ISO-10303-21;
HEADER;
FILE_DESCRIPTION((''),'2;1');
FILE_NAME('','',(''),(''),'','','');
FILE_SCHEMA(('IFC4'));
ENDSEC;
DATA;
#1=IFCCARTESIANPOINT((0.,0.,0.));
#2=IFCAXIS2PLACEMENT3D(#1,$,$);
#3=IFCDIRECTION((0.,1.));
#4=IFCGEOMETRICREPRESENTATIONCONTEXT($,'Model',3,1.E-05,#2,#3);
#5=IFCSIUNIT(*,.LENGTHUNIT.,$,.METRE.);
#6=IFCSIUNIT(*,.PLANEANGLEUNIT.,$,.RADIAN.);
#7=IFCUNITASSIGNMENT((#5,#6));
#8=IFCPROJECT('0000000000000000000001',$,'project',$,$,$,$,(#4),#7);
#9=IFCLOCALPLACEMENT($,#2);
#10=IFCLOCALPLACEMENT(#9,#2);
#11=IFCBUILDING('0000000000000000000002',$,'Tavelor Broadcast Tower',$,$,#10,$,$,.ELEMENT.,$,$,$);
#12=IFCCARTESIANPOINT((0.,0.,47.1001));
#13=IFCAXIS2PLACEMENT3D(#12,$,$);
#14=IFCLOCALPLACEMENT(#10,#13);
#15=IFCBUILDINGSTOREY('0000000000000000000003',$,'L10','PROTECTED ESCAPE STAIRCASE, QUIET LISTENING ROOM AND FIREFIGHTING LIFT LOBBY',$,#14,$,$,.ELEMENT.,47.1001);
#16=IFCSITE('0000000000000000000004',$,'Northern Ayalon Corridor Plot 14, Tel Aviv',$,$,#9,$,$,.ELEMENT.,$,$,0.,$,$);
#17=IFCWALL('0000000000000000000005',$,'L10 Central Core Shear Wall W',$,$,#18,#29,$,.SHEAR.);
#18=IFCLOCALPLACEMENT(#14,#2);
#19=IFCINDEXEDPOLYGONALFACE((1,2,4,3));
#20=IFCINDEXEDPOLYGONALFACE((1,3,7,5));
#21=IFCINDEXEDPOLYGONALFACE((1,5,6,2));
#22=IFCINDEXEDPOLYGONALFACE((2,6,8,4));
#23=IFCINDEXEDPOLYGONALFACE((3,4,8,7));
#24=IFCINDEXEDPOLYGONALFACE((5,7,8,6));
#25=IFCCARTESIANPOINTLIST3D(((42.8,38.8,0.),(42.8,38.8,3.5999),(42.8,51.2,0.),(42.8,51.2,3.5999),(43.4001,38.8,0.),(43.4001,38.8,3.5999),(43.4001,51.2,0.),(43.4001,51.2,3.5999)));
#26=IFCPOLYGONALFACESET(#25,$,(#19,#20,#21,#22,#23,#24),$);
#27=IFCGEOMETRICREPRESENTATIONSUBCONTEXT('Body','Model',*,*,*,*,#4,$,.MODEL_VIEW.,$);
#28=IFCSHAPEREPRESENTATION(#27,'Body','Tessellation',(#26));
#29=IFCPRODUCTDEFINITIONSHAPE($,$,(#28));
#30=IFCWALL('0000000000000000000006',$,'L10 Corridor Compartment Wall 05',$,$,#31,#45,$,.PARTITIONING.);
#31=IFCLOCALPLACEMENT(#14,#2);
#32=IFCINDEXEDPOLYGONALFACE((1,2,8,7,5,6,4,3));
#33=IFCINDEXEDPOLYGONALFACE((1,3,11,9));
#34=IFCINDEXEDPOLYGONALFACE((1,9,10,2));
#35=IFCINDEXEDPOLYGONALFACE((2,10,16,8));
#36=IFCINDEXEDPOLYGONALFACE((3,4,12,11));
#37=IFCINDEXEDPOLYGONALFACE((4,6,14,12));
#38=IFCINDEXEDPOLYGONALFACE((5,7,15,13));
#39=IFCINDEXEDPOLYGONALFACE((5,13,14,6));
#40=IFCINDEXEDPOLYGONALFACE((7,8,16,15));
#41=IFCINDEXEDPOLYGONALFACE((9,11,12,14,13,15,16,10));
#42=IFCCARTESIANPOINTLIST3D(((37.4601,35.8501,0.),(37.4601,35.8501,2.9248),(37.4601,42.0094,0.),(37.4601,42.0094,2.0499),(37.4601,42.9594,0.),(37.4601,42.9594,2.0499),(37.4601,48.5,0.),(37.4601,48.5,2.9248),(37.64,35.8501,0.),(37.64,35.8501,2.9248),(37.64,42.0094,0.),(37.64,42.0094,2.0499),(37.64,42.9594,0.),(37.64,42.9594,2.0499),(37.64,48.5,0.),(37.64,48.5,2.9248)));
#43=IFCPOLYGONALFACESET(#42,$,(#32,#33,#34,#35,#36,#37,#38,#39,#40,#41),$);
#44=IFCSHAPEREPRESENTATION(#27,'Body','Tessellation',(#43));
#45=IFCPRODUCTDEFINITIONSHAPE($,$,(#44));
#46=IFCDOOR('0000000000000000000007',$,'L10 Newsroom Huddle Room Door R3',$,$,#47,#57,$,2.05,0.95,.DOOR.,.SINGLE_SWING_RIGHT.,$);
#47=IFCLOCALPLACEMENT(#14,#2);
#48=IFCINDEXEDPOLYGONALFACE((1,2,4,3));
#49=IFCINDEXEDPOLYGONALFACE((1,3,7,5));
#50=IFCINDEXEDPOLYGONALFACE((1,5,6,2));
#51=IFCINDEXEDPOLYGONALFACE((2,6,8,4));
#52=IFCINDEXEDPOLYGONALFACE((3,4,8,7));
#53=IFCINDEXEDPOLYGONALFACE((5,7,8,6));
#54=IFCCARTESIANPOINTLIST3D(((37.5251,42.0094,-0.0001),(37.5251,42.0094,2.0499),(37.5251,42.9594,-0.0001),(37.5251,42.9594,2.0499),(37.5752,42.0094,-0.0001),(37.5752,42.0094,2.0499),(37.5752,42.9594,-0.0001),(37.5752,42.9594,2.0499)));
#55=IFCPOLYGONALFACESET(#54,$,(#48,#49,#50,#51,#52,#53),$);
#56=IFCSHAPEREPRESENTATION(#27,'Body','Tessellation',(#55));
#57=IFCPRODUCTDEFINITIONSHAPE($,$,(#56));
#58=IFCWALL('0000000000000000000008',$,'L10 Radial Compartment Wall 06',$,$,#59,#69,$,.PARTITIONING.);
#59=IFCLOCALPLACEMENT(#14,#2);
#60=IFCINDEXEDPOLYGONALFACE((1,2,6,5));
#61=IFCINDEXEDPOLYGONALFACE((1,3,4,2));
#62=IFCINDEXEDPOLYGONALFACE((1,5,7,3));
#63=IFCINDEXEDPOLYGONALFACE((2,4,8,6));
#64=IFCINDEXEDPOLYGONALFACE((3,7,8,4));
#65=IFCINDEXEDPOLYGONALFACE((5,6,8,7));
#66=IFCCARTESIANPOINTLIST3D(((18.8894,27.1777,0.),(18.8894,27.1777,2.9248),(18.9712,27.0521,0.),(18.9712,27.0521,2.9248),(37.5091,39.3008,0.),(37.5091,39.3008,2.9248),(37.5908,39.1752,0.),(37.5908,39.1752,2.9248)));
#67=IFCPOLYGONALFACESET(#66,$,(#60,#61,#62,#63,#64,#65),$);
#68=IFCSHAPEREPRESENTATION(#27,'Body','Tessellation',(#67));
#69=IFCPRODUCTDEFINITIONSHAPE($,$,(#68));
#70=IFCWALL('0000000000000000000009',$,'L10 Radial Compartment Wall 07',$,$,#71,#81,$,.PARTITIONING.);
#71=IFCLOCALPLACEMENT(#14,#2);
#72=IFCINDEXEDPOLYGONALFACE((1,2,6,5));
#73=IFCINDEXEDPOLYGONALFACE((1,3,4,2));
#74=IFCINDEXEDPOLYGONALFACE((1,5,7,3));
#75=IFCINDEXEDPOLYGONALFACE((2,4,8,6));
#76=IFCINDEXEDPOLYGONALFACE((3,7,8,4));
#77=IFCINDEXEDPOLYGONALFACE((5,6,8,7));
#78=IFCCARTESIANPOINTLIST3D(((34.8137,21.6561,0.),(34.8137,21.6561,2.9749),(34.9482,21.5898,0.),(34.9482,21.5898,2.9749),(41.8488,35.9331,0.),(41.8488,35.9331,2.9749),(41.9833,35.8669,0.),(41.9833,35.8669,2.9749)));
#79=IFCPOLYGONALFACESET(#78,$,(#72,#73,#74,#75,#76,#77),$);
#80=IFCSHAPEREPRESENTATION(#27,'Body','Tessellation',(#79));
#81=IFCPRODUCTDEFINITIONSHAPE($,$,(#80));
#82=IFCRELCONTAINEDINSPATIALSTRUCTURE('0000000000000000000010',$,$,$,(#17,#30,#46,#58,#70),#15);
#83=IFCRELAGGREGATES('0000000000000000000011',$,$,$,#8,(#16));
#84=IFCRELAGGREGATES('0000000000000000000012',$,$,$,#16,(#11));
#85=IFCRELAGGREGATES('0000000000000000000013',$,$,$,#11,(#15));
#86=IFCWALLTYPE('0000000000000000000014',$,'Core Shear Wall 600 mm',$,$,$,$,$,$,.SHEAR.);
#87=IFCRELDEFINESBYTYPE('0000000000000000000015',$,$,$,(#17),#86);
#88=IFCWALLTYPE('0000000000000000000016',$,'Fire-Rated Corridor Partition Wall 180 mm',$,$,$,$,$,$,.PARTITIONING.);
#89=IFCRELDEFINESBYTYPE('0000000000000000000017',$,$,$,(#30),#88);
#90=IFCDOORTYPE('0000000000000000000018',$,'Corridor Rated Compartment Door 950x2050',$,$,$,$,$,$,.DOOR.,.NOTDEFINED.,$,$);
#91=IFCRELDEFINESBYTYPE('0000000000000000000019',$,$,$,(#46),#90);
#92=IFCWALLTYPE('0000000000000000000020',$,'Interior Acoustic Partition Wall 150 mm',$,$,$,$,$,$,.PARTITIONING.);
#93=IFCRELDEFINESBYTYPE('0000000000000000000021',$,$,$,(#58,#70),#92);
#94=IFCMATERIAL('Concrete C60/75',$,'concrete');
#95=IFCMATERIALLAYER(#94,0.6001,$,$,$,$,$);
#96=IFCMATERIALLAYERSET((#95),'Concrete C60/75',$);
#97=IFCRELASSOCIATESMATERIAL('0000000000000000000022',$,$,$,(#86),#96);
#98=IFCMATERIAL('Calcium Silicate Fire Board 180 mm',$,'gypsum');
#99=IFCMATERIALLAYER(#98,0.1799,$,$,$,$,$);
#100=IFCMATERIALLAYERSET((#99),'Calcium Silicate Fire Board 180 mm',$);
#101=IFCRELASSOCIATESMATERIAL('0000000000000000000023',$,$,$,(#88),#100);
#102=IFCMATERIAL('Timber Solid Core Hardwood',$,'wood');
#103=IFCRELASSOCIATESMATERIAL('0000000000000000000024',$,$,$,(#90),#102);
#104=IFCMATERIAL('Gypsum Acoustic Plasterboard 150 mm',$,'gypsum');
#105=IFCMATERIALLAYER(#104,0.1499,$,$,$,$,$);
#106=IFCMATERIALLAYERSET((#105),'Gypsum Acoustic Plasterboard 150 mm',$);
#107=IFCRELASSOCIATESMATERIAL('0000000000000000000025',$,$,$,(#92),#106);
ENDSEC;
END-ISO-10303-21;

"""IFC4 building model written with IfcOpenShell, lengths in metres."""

from ifc_helpers import new_model, si_unit, direction, frame, frame_2d, origin, place, context, subcontext, project, spatial, rectangle, extrude, material, layer, layer_set, type_object, element, fill, save


model = new_model("IFC4")

# Units and contexts
model_context = context("Model", 3, precision=1e-05, world=origin(), true_north=direction((0.0, 1.0)))
body_context = subcontext(model_context, "Body", "Model", "MODEL_VIEW")
ifc_project = project(units=[si_unit("LENGTHUNIT", "METRE"), si_unit("PLANEANGLEUNIT", "RADIAN")], contexts=[model_context])

# Site, building, storey
site_placement = place(None, origin())
site = spatial("IfcSite", under=ifc_project, at=site_placement, Name="Northern Ayalon Corridor Plot 14, Tel Aviv", CompositionType="ELEMENT", RefElevation=0.0)
building_placement = place(site_placement, origin())
building = spatial("IfcBuilding", under=site, at=building_placement, Name="Tavelor Broadcast Tower", CompositionType="ELEMENT")
storey_placement = place(building_placement, frame((0.0, 0.0, 47.1001)))
storey = spatial("IfcBuildingStorey", under=building, at=storey_placement, Name="L10", Description="PROTECTED ESCAPE STAIRCASE, QUIET LISTENING ROOM AND FIREFIGHTING LIFT LOBBY", CompositionType="ELEMENT", Elevation=47.1001)

# Shared definitions
ifc_material_1 = material(Name="Concrete C60/75", Category="concrete")
ifc_layer_1 = layer(ifc_material_1, 0.6001)
ifc_layer_set_1 = layer_set([ifc_layer_1], Name="Concrete C60/75")
wall_type_1 = type_object("IfcWallType", Name="Core Shear Wall 600 mm", PredefinedType="SHEAR", material=ifc_layer_set_1)

# Wall
wall_1_placement = place(storey_placement, frame((43.1001, 38.8, 0.0), z_axis=(0.0, 0.0, 1.0), x_axis=(0.0, 1.0, 0.0)))
element("IfcWall", 1, at=wall_1_placement, inside=storey, type_object=wall_type_1, Name="L10 Central Core Shear Wall W", PredefinedType="SHEAR", context=body_context, shape_type="SweptSolid", body=[
    extrude(rectangle(XDim=12.3999, YDim=0.6001, at=frame_2d((6.2, 0.0))), origin(), (0.0, 0.0, 1.0), 3.5999),
])

# Wall, opening, door
ifc_material_2 = material(Name="Calcium Silicate Fire Board 180 mm", Category="gypsum")
ifc_layer_2 = layer(ifc_material_2, 0.1799)
ifc_layer_set_2 = layer_set([ifc_layer_2], Name="Calcium Silicate Fire Board 180 mm")
wall_type_2 = type_object("IfcWallType", Name="Fire-Rated Corridor Partition Wall 180 mm", PredefinedType="PARTITIONING", material=ifc_layer_set_2)
wall_2_placement = place(storey_placement, frame((37.55, 35.8501, 0.0), z_axis=(0.0, 0.0, 1.0), x_axis=(0.0, 1.0, 0.0)))
wall_2 = element("IfcWall", 2, at=wall_2_placement, inside=storey, type_object=wall_type_2, Name="L10 Corridor Compartment Wall 05", PredefinedType="PARTITIONING", context=body_context, shape_type="SweptSolid", body=[
    extrude(rectangle(XDim=12.6499, YDim=0.1799, at=frame_2d((6.325, 0.0))), origin(), (0.0, 0.0, 1.0), 2.9248),
])
opening_1_placement = place(wall_2_placement, frame((6.1592, 0.0, 0.0)))
opening_1 = element("IfcOpeningElement", 3, at=opening_1_placement, cuts=wall_2, PredefinedType="OPENING", context=body_context, shape_type="SweptSolid", body=[
    extrude(rectangle(XDim=0.95, YDim=2.05, at=frame_2d((0.4751, 1.0249))), frame((0.0, 0.1001, 0.0), z_axis=(0.0, -1.0, 0.0), x_axis=(1.0, 0.0, 0.0)), (0.0, 0.0, 1.0), 0.2),
])
ifc_material_3 = material(Name="Timber Solid Core Hardwood", Category="wood")
door_type_1 = type_object("IfcDoorType", Name="Corridor Rated Compartment Door 950x2050", OperationType="NOTDEFINED", PredefinedType="DOOR", material=ifc_material_3)
door_1_placement = place(opening_1_placement, origin())
door_1 = element("IfcDoor", 4, at=door_1_placement, inside=storey, type_object=door_type_1, Name="L10 Newsroom Huddle Room Door R3", OperationType="SINGLE_SWING_RIGHT", OverallHeight=2.05, OverallWidth=0.95, PredefinedType="DOOR", context=body_context, shape_type="SweptSolid", body=[
    extrude(rectangle(XDim=0.95, YDim=2.05, at=frame_2d((0.4751, 1.0249))), frame((0.0, 0.0249, 0.0), z_axis=(0.0, -1.0, 0.0), x_axis=(1.0, 0.0, 0.0)), (0.0, 0.0, 1.0), 0.05),
])
fill(opening_1, door_1)

# Walls
ifc_material_4 = material(Name="Gypsum Acoustic Plasterboard 150 mm", Category="gypsum")
ifc_layer_3 = layer(ifc_material_4, 0.1499)
ifc_layer_set_3 = layer_set([ifc_layer_3], Name="Gypsum Acoustic Plasterboard 150 mm")
wall_type_3 = type_object("IfcWallType", Name="Interior Acoustic Partition Wall 150 mm", PredefinedType="PARTITIONING", material=ifc_layer_set_3)
wall_3_placement = place(storey_placement, frame((37.55, 39.238, 0.0), z_axis=(0.0, 0.0, 1.0), x_axis=(-0.838026, -0.54563, 0.0)))
element("IfcWall", 5, at=wall_3_placement, inside=storey, type_object=wall_type_3, Name="L10 Radial Compartment Wall 06", PredefinedType="PARTITIONING", context=body_context, shape_type="SweptSolid", body=[
    extrude(rectangle(XDim=22.2185, YDim=0.1499, at=frame_2d((11.1094, 0.0))), origin(), (0.0, 0.0, 1.0), 2.9248),
])
wall_4_placement = place(storey_placement, frame((41.916, 35.8999, 0.0), z_axis=(0.0, 0.0, 1.0), x_axis=(-0.442009, -0.897011, 0.0)))
element("IfcWall", 6, at=wall_4_placement, inside=storey, type_object=wall_type_3, Name="L10 Radial Compartment Wall 07", PredefinedType="PARTITIONING", context=body_context, shape_type="SweptSolid", body=[
    extrude(rectangle(XDim=15.9163, YDim=0.1499, at=frame_2d((7.958, 0.0))), origin(), (0.0, 0.0, 1.0), 2.9749),
])

save(model, "model.ifc")
